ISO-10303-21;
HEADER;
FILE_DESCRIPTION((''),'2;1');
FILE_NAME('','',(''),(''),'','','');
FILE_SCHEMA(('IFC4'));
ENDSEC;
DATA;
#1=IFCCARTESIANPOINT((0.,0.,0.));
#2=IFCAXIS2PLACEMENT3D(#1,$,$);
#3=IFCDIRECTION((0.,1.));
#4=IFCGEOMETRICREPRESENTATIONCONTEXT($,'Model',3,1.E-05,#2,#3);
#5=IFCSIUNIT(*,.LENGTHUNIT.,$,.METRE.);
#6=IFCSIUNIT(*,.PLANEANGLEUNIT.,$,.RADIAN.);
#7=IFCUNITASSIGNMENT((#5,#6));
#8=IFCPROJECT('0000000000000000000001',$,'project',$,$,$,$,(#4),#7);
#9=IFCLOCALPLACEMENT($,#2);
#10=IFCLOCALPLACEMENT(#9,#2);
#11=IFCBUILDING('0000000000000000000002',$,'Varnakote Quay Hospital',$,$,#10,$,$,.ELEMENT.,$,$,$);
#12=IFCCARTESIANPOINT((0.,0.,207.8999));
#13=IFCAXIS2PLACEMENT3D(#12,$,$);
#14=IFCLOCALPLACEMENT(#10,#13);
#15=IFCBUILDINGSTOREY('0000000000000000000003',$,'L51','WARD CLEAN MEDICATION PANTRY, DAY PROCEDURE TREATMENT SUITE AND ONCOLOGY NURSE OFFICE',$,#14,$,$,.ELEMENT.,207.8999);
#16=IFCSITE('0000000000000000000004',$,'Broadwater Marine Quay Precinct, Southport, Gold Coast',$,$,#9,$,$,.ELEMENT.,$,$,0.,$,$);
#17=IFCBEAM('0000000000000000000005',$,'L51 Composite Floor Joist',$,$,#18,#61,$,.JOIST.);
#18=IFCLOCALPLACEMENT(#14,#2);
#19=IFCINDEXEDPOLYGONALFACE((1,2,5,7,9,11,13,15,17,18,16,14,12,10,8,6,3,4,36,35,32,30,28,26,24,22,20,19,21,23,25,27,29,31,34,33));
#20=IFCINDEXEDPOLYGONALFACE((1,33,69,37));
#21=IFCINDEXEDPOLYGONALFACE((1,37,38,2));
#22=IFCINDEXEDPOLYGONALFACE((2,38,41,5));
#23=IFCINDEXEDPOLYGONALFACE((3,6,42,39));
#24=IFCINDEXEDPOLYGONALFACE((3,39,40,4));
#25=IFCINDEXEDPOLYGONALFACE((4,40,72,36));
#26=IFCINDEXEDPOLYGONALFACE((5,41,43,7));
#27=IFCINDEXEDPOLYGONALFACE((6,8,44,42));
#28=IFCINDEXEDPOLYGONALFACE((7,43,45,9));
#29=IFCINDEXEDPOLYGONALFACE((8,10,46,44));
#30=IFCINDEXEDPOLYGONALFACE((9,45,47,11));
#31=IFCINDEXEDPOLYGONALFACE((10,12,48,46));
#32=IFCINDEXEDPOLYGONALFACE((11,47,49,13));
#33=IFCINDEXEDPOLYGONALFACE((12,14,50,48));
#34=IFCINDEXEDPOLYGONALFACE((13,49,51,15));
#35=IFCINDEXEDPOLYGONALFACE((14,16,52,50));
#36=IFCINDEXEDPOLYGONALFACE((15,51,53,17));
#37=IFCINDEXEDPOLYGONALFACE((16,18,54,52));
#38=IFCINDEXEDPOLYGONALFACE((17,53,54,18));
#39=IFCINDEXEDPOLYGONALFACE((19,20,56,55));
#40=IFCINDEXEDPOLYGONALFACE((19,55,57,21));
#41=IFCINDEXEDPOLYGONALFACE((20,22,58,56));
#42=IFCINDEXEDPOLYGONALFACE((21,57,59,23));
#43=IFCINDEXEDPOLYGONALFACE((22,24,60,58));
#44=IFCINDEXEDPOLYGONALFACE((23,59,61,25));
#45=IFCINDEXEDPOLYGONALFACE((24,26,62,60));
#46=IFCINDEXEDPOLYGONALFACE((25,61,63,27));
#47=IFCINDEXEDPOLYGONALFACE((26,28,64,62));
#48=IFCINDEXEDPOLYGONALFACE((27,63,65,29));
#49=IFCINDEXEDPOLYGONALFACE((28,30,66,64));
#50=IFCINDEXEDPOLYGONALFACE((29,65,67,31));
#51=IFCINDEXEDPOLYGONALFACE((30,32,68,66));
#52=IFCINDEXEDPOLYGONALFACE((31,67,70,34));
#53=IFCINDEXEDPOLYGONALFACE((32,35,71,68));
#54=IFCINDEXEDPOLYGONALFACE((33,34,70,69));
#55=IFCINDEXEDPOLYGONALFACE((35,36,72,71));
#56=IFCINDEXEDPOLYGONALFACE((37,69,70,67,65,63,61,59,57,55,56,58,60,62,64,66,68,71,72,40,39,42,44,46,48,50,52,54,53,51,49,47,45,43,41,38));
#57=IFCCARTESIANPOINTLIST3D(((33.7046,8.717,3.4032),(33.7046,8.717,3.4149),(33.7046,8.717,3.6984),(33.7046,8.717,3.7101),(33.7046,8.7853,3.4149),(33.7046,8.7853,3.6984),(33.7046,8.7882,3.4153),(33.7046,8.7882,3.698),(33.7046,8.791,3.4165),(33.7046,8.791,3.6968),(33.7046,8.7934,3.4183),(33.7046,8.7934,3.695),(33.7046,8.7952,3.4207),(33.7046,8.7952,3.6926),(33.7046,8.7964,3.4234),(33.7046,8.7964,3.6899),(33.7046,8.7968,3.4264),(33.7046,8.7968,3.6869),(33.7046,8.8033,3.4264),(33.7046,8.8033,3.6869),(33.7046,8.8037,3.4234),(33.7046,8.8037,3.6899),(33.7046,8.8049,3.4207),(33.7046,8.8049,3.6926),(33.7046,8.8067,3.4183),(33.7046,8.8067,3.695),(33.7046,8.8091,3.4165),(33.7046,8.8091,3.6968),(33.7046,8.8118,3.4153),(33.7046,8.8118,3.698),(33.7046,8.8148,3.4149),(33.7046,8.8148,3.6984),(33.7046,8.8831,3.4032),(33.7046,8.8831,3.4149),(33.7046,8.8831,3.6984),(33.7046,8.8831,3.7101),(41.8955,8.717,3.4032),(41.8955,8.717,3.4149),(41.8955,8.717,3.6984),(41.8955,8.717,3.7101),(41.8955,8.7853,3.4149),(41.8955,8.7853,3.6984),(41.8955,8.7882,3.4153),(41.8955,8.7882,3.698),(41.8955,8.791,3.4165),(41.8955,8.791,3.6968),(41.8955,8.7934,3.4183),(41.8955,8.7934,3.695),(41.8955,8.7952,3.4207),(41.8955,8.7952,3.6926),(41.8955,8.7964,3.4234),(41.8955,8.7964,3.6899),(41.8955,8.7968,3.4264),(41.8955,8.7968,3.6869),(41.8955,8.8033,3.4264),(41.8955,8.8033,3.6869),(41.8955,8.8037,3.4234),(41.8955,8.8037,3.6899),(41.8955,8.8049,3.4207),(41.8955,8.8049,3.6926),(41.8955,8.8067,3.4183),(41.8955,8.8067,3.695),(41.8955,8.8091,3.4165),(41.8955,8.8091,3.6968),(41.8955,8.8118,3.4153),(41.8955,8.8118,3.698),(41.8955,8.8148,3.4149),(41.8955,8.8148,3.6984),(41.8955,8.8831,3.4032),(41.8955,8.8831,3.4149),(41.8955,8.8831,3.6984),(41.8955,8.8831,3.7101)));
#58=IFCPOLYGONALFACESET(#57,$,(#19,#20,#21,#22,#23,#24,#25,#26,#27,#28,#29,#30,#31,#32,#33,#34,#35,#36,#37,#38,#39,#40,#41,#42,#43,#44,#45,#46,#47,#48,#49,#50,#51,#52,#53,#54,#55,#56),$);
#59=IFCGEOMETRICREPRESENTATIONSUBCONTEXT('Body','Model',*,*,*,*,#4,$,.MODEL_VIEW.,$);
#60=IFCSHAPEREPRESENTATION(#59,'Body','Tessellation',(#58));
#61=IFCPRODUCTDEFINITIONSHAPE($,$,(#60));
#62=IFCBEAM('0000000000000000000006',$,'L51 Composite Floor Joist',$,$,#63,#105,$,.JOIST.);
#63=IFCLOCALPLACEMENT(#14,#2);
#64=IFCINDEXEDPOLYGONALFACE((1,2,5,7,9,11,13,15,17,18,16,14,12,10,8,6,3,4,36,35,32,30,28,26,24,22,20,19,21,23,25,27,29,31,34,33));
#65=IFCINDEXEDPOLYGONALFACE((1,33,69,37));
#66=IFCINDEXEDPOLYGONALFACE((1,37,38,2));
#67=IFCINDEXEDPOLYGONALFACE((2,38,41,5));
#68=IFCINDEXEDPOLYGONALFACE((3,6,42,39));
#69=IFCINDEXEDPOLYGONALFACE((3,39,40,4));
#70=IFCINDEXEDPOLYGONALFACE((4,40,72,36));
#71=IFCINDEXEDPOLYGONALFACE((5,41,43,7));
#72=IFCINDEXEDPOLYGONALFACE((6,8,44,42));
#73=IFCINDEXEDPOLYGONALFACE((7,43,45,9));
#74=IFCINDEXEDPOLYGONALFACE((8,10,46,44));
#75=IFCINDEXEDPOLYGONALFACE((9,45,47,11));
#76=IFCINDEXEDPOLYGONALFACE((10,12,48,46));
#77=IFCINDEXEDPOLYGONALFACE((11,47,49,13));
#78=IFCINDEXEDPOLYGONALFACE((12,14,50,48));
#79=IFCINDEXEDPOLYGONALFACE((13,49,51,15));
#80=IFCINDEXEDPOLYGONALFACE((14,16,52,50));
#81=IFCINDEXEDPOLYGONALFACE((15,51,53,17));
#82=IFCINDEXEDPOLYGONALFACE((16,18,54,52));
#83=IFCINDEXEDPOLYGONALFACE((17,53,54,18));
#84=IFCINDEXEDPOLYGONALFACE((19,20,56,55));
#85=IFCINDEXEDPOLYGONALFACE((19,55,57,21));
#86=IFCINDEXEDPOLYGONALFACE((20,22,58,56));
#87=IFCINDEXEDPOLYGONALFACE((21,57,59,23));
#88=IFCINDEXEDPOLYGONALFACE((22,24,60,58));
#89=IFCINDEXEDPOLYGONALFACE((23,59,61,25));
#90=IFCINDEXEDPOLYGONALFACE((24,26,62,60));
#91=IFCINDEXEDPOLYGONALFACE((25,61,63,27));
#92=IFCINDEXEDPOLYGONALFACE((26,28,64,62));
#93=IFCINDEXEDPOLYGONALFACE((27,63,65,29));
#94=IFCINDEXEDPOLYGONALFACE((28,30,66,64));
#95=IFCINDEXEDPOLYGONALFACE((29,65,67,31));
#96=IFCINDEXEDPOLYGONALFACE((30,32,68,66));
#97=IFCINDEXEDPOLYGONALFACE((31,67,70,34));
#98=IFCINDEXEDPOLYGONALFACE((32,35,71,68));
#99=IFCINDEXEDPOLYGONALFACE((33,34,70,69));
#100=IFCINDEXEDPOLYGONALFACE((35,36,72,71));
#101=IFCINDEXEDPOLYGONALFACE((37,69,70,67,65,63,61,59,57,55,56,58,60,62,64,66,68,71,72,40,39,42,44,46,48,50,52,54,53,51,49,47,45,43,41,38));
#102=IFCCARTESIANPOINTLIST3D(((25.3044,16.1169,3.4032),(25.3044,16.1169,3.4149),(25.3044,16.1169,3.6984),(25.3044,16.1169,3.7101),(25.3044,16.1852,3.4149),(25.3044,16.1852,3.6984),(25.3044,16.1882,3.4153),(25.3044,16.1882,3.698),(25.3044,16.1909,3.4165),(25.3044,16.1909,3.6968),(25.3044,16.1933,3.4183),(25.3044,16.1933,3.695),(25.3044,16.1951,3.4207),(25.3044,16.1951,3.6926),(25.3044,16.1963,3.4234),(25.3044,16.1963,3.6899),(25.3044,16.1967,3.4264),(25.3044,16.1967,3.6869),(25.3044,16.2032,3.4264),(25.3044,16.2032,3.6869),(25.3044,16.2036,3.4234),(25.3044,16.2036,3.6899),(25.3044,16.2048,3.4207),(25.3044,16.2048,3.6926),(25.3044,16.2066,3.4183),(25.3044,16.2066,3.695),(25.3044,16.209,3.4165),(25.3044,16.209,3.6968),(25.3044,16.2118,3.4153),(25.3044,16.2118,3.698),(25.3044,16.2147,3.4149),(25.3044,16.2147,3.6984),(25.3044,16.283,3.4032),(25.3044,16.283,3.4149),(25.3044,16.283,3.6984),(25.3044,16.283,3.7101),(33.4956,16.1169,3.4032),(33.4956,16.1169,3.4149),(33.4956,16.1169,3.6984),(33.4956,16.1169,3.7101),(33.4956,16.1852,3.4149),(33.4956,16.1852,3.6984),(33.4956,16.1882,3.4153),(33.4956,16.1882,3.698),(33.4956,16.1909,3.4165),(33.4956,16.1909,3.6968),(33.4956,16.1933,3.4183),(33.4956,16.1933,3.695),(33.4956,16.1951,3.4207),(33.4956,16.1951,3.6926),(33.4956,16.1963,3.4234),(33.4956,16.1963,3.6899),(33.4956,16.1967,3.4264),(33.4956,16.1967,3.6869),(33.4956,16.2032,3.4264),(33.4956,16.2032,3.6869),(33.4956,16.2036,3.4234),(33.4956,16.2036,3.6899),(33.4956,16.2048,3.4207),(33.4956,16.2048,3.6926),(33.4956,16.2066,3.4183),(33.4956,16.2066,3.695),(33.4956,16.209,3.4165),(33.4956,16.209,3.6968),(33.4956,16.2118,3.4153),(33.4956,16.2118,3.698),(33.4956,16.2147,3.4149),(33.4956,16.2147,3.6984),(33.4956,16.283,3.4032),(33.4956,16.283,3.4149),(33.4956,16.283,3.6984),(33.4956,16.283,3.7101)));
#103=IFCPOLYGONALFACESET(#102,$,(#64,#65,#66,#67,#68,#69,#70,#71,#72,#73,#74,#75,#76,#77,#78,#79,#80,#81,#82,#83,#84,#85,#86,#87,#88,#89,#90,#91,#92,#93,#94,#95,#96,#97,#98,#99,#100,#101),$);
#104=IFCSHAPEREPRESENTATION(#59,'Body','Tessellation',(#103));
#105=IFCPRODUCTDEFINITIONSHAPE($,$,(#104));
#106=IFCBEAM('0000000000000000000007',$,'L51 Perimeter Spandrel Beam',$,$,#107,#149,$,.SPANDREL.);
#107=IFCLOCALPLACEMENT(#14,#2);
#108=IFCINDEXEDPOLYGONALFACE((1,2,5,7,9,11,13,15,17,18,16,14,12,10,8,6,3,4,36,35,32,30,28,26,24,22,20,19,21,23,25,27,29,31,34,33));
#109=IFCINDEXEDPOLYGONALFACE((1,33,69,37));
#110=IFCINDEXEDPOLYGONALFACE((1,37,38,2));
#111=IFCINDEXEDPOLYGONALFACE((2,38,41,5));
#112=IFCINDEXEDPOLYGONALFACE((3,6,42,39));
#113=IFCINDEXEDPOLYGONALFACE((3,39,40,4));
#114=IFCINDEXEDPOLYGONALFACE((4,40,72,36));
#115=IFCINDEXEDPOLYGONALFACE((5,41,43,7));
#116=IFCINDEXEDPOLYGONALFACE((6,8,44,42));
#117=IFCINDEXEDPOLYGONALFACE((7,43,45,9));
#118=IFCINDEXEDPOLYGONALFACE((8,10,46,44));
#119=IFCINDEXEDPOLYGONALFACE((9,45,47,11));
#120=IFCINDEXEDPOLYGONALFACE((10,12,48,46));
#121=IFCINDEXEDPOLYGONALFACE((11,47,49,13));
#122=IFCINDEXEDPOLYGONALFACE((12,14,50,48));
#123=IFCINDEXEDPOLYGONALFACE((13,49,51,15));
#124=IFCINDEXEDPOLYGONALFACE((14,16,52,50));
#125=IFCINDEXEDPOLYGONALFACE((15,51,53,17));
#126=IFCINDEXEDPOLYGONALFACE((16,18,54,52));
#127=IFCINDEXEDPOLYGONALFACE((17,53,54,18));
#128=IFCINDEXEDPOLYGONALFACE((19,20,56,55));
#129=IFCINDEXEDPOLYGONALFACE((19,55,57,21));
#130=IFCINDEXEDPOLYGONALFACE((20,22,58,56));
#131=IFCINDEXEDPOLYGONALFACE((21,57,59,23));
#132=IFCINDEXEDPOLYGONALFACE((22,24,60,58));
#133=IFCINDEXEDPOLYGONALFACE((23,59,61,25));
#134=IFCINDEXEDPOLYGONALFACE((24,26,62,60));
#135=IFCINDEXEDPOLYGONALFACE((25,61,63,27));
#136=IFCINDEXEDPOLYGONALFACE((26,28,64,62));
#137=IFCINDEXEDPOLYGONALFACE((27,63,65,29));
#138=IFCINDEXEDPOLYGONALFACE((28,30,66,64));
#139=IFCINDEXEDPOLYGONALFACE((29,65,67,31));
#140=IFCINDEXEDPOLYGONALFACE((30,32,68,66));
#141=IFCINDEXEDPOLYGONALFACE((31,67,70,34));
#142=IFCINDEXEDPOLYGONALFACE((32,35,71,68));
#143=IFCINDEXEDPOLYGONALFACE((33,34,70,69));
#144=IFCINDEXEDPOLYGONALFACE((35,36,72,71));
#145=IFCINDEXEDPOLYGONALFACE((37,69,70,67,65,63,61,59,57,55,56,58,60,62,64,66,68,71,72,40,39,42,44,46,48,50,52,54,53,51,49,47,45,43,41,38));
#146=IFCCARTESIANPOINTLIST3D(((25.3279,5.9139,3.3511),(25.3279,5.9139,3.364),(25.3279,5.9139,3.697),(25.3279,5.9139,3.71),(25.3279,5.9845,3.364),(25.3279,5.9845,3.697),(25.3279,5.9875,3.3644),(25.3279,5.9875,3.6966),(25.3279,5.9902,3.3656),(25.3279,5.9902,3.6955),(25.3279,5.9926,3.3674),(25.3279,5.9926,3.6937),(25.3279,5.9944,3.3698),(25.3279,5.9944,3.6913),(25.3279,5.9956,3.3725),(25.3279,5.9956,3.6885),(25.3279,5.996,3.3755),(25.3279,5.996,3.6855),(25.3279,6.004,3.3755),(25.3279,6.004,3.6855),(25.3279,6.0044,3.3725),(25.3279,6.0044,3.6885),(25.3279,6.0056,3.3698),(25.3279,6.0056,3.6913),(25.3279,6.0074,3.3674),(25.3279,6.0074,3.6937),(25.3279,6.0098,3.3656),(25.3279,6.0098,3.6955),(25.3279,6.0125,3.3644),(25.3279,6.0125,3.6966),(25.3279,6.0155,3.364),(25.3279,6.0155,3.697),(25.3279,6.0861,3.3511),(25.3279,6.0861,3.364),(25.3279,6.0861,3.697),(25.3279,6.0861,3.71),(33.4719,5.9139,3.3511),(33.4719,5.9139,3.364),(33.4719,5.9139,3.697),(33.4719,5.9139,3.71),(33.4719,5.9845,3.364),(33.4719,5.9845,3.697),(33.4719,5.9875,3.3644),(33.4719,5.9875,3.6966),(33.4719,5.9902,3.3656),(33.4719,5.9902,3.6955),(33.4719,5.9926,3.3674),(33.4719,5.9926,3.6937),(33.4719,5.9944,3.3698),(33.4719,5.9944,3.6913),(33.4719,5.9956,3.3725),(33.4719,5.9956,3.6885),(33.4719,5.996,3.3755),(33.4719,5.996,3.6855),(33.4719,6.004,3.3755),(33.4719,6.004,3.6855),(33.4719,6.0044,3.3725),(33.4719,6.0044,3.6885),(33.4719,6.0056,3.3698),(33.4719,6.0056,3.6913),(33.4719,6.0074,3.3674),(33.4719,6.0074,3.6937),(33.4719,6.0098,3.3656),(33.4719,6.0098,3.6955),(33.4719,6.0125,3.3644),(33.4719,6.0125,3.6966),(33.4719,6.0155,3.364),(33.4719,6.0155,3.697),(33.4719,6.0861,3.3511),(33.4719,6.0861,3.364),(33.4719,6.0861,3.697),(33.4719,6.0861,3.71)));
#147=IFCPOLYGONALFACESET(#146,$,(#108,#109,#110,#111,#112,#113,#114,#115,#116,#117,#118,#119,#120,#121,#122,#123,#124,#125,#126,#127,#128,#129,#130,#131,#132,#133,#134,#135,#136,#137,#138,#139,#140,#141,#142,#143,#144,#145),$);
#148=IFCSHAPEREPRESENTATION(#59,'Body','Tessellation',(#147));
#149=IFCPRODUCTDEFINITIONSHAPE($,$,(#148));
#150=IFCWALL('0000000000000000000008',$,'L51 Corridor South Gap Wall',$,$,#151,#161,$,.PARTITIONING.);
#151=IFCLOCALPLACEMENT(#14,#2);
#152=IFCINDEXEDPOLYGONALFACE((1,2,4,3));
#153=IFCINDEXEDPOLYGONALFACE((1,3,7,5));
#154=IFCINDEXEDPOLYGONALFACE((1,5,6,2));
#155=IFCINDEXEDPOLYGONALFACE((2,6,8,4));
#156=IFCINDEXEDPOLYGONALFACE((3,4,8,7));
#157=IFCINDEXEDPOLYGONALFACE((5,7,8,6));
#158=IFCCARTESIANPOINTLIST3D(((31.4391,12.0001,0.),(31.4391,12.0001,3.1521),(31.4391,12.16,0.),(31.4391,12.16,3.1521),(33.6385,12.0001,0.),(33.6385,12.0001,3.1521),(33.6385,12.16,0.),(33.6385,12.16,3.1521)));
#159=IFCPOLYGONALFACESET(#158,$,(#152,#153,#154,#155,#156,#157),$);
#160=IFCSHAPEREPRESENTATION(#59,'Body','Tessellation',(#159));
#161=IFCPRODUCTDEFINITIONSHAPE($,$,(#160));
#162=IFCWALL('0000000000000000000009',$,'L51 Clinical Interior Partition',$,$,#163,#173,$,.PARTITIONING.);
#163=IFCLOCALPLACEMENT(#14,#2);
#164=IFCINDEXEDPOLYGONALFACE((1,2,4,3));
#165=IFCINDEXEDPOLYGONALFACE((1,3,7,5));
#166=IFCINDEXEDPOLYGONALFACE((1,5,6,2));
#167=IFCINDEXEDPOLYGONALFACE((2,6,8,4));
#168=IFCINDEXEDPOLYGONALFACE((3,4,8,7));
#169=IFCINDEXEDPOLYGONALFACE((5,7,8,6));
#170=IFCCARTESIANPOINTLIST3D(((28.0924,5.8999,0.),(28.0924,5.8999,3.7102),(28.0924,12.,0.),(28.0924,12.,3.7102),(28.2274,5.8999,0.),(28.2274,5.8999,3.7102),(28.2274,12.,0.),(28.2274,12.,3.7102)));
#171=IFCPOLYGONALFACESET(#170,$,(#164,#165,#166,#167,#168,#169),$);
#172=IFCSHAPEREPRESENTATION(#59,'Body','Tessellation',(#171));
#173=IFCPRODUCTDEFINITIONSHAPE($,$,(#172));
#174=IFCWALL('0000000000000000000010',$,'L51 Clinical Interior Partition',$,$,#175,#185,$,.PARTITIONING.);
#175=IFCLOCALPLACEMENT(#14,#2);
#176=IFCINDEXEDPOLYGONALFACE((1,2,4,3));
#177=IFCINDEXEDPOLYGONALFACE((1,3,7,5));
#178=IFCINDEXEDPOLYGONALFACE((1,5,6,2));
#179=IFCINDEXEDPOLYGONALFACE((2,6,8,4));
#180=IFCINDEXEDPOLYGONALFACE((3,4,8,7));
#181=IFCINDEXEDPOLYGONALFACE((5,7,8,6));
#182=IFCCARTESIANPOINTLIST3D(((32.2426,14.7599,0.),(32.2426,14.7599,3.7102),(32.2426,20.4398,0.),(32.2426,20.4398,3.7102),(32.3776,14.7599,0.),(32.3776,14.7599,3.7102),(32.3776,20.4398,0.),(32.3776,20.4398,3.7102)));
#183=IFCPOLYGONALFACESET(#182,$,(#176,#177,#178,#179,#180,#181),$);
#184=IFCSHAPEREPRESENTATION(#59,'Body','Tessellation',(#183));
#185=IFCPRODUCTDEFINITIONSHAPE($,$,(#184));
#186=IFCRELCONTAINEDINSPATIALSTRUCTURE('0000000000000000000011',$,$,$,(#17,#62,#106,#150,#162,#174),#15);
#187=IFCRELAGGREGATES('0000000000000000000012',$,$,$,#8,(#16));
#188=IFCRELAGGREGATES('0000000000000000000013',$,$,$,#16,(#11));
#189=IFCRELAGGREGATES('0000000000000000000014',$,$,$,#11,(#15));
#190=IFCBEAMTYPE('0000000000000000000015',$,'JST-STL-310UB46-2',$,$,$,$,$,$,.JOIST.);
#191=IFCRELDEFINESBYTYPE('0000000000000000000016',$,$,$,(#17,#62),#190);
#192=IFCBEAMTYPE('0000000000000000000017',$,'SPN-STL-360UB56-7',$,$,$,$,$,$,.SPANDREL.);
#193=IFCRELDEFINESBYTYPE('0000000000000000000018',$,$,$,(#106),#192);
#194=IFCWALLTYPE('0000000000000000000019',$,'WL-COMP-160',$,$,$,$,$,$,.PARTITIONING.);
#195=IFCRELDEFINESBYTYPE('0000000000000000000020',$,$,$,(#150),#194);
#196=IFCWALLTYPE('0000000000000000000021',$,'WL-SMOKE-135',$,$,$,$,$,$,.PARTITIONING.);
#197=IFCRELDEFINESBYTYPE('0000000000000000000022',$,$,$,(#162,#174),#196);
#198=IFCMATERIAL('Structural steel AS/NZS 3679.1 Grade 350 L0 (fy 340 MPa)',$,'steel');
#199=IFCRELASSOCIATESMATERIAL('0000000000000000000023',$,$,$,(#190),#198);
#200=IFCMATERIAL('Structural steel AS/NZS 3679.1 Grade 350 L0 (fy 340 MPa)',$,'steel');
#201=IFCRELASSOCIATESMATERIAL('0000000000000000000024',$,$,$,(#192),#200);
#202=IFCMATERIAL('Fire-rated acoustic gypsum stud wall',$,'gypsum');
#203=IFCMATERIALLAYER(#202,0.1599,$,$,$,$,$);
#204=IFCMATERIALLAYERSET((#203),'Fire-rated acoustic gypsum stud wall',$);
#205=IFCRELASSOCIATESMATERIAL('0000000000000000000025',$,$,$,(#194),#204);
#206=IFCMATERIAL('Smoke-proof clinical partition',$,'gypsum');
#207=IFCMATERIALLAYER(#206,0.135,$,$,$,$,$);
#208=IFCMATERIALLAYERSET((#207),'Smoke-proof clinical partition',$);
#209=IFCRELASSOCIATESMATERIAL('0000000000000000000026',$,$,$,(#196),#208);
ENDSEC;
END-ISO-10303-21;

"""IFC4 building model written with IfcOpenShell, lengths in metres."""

from ifc_helpers import new_model, si_unit, direction, frame, frame_2d, origin, origin_2d, place, context, subcontext, project, spatial, rectangle, i_section, extrude, material, layer, layer_set, material_profile, profile_set, type_object, element, save


model = new_model("IFC4")

# Units and contexts
model_context = context("Model", 3, precision=1e-05, world=origin(), true_north=direction((0.0, 1.0)))
body_context = subcontext(model_context, "Body", "Model", "MODEL_VIEW")
ifc_project = project(units=[si_unit("LENGTHUNIT", "METRE"), si_unit("PLANEANGLEUNIT", "RADIAN")], contexts=[model_context])

# Site, building, storey
site_placement = place(None, origin())
site = spatial("IfcSite", under=ifc_project, at=site_placement, Name="Broadwater Marine Quay Precinct, Southport, Gold Coast", CompositionType="ELEMENT", RefElevation=0.0)
building_placement = place(site_placement, origin())
building = spatial("IfcBuilding", under=site, at=building_placement, Name="Varnakote Quay Hospital", CompositionType="ELEMENT")
storey_placement = place(building_placement, frame((0.0, 0.0, 207.8999)))
storey = spatial("IfcBuildingStorey", under=building, at=storey_placement, Name="L51", Description="WARD CLEAN MEDICATION PANTRY, DAY PROCEDURE TREATMENT SUITE AND ONCOLOGY NURSE OFFICE", CompositionType="ELEMENT", Elevation=207.8999)

# Beams
ifc_material_1 = material(Name="Structural steel AS/NZS 3679.1 Grade 350 L0 (fy 340 MPa)", Category="steel")
ifc_material_profile_1 = material_profile(ifc_material_1, i_section(OverallWidth=0.166, OverallDepth=0.3069, WebThickness=0.0066, FlangeThickness=0.0117, FilletRadius=0.0115, at=origin_2d()), Name="310UB46.2")
ifc_profile_set_1 = profile_set([ifc_material_profile_1], Name="Structural steel AS/NZS 3679.1 Grade 350 L0 (fy 340 MPa)")
beam_type_1 = type_object("IfcBeamType", Name="JST-STL-310UB46-2", PredefinedType="JOIST", material=ifc_profile_set_1)
beam_1_placement = place(storey_placement, frame((33.7046, 8.8, 3.5566), z_axis=(1.0, 0.0, 0.0), x_axis=(0.0, 1.0, 0.0)))
element("IfcBeam", 1, at=beam_1_placement, inside=storey, type_object=beam_type_1, Name="L51 Composite Floor Joist", PredefinedType="JOIST", context=body_context, shape_type="SweptSolid", body=[
    extrude(i_section(OverallWidth=0.166, OverallDepth=0.3069, WebThickness=0.0066, FlangeThickness=0.0117, FilletRadius=0.0115, at=origin_2d()), origin(), (0.0, 0.0, 1.0), 8.1909),
])
beam_2_placement = place(storey_placement, frame((25.3044, 16.2, 3.5566), z_axis=(1.0, 0.0, 0.0), x_axis=(0.0, 1.0, 0.0)))
element("IfcBeam", 2, at=beam_2_placement, inside=storey, type_object=beam_type_1, Name="L51 Composite Floor Joist", PredefinedType="JOIST", context=body_context, shape_type="SweptSolid", body=[
    extrude(i_section(OverallWidth=0.166, OverallDepth=0.3069, WebThickness=0.0066, FlangeThickness=0.0117, FilletRadius=0.0115, at=origin_2d()), origin(), (0.0, 0.0, 1.0), 8.1912),
])
ifc_material_2 = material(Name="Structural steel AS/NZS 3679.1 Grade 350 L0 (fy 340 MPa)", Category="steel")
ifc_material_profile_2 = material_profile(ifc_material_2, i_section(OverallWidth=0.1721, OverallDepth=0.3589, WebThickness=0.0081, FlangeThickness=0.0129, FilletRadius=0.0115, at=origin_2d()), Name="360UB56.7")
ifc_profile_set_2 = profile_set([ifc_material_profile_2], Name="Structural steel AS/NZS 3679.1 Grade 350 L0 (fy 340 MPa)")
beam_type_2 = type_object("IfcBeamType", Name="SPN-STL-360UB56-7", PredefinedType="SPANDREL", material=ifc_profile_set_2)
beam_3_placement = place(storey_placement, frame((25.3279, 6.0, 3.5305), z_axis=(1.0, 0.0, 0.0), x_axis=(0.0, 1.0, 0.0)))
element("IfcBeam", 3, at=beam_3_placement, inside=storey, type_object=beam_type_2, Name="L51 Perimeter Spandrel Beam", PredefinedType="SPANDREL", context=body_context, shape_type="SweptSolid", body=[
    extrude(i_section(OverallWidth=0.1721, OverallDepth=0.3589, WebThickness=0.0081, FlangeThickness=0.0129, FilletRadius=0.0115, at=origin_2d()), origin(), (0.0, 0.0, 1.0), 8.144),
])

# Walls
ifc_material_3 = material(Name="Fire-rated acoustic gypsum stud wall", Category="gypsum")
ifc_layer_1 = layer(ifc_material_3, 0.1599)
ifc_layer_set_1 = layer_set([ifc_layer_1], Name="Fire-rated acoustic gypsum stud wall")
wall_type_1 = type_object("IfcWallType", Name="WL-COMP-160", PredefinedType="PARTITIONING", material=ifc_layer_set_1)
wall_1_placement = place(storey_placement, frame((31.4392, 12.0801, 0.0), z_axis=(0.0, 0.0, 1.0), x_axis=(1.0, 0.0, 0.0)))
element("IfcWall", 4, at=wall_1_placement, inside=storey, type_object=wall_type_1, Name="L51 Corridor South Gap Wall", PredefinedType="PARTITIONING", context=body_context, shape_type="SweptSolid", body=[
    extrude(rectangle(XDim=2.1995, YDim=0.1599, at=frame_2d((1.0996, 0.0))), origin(), (0.0, 0.0, 1.0), 3.1521),
])
ifc_material_4 = material(Name="Smoke-proof clinical partition", Category="gypsum")
ifc_layer_2 = layer(ifc_material_4, 0.135)
ifc_layer_set_2 = layer_set([ifc_layer_2], Name="Smoke-proof clinical partition")
wall_type_2 = type_object("IfcWallType", Name="WL-SMOKE-135", PredefinedType="PARTITIONING", material=ifc_layer_set_2)
wall_2_placement = place(storey_placement, frame((28.1599, 5.8999, 0.0), z_axis=(0.0, 0.0, 1.0), x_axis=(0.0, 1.0, 0.0)))
element("IfcWall", 5, at=wall_2_placement, inside=storey, type_object=wall_type_2, Name="L51 Clinical Interior Partition", PredefinedType="PARTITIONING", context=body_context, shape_type="SweptSolid", body=[
    extrude(rectangle(XDim=6.1001, YDim=0.135, at=frame_2d((3.05, 0.0))), origin(), (0.0, 0.0, 1.0), 3.7102),
])
wall_3_placement = place(storey_placement, frame((32.3101, 14.76, 0.0), z_axis=(0.0, 0.0, 1.0), x_axis=(0.0, 1.0, 0.0)))
element("IfcWall", 6, at=wall_3_placement, inside=storey, type_object=wall_type_2, Name="L51 Clinical Interior Partition", PredefinedType="PARTITIONING", context=body_context, shape_type="SweptSolid", body=[
    extrude(rectangle(XDim=5.6799, YDim=0.135, at=frame_2d((2.8398, 0.0))), origin(), (0.0, 0.0, 1.0), 3.7102),
])

save(model, "model.ifc")
